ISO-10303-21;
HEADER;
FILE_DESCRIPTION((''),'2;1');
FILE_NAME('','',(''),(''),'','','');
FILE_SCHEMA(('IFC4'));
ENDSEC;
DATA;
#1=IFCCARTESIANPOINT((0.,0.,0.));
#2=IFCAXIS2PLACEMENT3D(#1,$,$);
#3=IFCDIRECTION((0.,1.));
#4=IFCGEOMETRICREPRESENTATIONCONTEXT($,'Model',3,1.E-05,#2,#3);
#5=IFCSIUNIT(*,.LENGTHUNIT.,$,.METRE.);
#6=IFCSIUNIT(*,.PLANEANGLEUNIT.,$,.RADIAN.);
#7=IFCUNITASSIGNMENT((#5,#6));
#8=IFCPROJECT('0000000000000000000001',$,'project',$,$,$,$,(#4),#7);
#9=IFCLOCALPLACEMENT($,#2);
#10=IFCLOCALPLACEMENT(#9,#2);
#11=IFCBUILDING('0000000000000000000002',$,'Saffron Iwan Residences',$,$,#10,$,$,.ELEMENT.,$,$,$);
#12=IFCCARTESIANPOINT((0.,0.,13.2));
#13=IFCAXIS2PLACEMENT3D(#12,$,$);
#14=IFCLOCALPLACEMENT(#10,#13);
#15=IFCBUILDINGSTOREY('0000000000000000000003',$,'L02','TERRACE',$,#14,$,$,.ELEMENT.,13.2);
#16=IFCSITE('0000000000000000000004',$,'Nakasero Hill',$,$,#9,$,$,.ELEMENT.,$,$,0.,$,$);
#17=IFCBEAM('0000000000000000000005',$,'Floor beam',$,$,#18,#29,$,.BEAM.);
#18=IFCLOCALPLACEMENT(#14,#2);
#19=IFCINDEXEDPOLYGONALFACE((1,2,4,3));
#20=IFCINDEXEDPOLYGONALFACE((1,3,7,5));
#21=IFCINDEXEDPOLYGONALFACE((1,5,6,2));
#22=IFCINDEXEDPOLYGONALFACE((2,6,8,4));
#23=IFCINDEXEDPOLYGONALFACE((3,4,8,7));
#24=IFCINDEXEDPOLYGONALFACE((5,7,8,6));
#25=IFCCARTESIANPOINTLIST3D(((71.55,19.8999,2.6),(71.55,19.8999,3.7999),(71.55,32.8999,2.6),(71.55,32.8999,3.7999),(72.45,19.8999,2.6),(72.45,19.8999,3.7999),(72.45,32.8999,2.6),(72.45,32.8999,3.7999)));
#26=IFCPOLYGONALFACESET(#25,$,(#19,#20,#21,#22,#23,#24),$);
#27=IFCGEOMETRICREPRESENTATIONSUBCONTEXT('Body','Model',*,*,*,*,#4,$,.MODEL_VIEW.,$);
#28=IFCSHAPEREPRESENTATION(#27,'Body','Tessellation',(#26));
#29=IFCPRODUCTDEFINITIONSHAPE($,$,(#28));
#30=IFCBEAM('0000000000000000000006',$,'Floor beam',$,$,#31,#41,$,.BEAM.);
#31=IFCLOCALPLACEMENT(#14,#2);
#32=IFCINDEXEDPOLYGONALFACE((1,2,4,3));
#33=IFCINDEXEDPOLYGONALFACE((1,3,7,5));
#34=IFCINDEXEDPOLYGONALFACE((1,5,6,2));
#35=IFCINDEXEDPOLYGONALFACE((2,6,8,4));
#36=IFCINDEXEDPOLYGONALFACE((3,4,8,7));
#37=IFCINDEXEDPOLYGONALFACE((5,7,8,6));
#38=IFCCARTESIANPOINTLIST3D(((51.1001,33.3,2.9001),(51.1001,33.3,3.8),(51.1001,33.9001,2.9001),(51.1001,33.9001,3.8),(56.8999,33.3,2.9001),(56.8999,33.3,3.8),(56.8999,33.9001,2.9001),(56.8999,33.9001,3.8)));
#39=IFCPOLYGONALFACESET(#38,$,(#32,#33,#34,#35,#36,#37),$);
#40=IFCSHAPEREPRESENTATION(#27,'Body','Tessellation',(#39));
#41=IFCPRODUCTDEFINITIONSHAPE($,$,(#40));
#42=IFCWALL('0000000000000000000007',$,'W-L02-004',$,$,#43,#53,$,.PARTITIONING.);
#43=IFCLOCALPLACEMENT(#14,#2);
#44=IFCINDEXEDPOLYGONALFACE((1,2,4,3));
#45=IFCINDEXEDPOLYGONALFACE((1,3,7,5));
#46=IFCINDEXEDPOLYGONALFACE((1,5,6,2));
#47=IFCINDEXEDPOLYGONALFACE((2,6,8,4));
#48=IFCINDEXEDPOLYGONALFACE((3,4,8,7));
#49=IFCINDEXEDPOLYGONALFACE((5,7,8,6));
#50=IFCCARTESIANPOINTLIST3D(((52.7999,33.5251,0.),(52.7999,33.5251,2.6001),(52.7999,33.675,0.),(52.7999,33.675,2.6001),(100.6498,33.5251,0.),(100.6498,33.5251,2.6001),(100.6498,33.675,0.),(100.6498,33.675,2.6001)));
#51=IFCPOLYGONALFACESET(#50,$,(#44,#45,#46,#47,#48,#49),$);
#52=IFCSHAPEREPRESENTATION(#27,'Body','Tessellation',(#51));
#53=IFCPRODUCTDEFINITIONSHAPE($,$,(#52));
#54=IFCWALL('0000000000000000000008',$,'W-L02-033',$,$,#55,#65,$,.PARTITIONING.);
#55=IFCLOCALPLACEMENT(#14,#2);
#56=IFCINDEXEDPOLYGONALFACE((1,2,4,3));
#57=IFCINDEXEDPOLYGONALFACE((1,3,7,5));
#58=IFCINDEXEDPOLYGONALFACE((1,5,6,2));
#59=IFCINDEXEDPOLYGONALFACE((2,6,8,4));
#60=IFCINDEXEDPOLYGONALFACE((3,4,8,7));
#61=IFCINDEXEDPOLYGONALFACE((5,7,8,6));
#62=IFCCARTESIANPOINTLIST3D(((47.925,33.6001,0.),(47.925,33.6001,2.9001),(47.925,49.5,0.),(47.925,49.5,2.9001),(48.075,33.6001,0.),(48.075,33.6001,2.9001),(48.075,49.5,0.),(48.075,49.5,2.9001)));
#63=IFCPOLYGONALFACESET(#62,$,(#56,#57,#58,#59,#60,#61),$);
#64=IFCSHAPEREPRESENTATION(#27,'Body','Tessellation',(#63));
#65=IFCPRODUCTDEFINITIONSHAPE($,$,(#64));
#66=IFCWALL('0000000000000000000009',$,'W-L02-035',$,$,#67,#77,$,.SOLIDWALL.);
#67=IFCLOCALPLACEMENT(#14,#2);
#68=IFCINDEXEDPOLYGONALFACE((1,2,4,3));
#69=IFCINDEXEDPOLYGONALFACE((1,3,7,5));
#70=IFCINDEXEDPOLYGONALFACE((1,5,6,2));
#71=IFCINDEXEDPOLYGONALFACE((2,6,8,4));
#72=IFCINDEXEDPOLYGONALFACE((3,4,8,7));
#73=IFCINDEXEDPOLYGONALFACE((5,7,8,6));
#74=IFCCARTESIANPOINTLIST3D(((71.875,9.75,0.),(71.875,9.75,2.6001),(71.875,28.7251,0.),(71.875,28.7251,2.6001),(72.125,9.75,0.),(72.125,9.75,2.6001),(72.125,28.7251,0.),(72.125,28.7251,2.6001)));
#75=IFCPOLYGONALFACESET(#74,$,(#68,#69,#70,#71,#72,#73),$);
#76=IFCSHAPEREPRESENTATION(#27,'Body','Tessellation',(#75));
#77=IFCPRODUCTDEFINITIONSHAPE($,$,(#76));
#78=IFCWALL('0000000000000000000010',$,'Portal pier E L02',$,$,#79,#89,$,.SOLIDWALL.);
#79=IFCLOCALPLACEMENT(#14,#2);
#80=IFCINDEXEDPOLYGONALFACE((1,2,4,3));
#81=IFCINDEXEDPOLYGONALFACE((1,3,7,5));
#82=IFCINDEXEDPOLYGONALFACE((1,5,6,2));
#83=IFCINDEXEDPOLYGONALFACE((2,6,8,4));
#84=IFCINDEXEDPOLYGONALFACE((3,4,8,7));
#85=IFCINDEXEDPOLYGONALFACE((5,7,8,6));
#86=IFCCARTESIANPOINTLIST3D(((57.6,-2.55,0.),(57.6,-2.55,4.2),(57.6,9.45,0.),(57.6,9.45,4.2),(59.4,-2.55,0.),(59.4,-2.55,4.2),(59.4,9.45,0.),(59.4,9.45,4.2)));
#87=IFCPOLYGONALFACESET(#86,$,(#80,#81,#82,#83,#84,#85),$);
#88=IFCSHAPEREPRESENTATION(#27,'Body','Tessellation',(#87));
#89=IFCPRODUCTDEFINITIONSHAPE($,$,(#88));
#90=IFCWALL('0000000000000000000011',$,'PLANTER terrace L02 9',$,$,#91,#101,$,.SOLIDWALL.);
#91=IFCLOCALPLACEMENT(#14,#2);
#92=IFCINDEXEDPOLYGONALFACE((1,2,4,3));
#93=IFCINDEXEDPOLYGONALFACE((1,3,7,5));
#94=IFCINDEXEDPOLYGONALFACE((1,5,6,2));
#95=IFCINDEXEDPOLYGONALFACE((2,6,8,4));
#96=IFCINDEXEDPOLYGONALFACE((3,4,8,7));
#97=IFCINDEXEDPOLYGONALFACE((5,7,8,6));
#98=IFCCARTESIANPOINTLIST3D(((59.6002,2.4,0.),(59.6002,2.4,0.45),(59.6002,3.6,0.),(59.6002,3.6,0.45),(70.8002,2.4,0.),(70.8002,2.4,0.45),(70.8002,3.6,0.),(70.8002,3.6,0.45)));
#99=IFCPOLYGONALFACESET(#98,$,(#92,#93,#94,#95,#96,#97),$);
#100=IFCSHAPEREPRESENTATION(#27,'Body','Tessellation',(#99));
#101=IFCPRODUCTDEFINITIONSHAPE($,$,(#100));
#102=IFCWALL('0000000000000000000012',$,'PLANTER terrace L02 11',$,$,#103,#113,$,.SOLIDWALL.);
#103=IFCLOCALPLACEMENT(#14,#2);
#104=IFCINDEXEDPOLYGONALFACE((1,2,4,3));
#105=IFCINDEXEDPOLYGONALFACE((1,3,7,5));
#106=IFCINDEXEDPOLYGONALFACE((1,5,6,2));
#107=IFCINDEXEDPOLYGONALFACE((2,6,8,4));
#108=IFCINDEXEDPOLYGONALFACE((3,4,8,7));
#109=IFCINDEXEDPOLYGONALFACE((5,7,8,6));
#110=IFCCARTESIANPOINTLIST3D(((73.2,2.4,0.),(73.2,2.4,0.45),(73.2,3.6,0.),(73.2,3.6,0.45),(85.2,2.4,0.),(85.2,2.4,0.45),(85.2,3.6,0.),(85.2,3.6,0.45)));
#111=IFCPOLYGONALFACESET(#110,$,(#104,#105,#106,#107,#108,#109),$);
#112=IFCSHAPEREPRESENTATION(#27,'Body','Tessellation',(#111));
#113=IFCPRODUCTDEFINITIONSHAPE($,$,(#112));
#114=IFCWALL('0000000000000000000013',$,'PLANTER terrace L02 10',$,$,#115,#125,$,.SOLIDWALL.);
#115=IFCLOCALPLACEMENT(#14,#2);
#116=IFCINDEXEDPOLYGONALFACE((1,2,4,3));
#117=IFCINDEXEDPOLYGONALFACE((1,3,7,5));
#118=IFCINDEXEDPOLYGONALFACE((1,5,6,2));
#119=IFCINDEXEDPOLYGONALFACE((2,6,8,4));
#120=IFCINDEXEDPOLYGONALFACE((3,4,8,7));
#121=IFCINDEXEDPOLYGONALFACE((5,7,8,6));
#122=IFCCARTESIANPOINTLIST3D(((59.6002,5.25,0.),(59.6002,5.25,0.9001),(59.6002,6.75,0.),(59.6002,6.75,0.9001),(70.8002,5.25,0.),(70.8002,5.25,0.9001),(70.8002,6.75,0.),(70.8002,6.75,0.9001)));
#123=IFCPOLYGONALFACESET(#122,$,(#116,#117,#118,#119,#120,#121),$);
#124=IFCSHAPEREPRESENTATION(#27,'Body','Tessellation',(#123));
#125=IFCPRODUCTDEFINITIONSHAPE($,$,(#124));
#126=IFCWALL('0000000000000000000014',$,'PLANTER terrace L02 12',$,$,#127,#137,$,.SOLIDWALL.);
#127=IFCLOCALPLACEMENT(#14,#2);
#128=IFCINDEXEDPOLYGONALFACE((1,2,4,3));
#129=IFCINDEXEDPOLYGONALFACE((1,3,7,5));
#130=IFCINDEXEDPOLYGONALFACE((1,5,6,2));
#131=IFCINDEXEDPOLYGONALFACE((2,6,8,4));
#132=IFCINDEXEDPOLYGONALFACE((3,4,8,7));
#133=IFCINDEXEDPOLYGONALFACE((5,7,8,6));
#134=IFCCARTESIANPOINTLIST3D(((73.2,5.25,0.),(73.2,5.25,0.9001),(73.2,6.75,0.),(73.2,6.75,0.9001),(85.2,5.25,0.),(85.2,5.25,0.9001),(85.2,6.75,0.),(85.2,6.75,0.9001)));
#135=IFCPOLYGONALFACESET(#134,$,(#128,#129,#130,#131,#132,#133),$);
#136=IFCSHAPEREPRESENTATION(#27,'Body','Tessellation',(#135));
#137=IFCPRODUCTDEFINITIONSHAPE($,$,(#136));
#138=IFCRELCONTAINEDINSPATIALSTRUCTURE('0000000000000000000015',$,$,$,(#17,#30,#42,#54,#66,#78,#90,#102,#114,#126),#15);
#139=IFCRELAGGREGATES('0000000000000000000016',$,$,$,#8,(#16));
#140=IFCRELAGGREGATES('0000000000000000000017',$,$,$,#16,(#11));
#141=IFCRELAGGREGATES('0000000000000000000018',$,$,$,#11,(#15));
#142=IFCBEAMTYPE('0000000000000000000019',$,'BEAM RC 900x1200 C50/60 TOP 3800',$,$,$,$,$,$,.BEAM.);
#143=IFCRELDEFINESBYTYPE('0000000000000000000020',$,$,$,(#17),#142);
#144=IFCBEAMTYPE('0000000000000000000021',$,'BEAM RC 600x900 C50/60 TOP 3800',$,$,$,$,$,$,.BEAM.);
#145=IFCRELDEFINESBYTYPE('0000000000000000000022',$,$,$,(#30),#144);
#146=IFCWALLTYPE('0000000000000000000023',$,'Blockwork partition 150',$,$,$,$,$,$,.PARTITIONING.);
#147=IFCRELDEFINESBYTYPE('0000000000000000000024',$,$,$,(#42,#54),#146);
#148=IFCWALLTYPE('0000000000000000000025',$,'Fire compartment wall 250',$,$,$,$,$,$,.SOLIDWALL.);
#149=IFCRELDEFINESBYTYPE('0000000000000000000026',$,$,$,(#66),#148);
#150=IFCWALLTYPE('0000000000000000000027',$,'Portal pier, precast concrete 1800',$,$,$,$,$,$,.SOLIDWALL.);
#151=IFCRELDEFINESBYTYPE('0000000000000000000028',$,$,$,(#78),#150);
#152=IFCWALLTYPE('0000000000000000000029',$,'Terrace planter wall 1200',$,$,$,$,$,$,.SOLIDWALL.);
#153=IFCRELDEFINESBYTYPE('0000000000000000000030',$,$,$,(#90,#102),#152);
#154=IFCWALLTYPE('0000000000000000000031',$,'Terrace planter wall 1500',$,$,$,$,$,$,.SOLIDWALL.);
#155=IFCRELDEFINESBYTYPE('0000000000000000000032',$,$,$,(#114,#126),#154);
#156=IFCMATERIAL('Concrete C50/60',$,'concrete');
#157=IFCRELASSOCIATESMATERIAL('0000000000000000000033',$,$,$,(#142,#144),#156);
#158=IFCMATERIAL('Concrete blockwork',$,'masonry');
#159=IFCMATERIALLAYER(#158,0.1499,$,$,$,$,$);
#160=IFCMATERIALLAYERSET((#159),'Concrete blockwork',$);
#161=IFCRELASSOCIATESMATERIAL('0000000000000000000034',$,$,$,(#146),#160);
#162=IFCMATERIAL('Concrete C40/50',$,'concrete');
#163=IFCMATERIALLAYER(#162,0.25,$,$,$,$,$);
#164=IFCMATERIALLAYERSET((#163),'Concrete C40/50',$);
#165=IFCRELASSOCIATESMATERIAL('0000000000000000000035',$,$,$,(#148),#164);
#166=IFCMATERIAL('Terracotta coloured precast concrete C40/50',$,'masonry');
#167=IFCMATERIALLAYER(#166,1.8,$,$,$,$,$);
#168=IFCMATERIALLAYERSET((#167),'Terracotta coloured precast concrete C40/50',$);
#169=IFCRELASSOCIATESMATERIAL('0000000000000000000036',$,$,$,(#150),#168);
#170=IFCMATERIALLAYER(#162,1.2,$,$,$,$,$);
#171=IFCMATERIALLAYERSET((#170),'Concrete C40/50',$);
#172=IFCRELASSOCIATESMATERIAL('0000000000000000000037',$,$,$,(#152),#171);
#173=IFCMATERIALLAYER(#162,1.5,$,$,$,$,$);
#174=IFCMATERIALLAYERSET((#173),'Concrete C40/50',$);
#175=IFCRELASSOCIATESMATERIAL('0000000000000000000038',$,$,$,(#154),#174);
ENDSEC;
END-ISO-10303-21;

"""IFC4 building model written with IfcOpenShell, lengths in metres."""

from ifc_helpers import new_model, si_unit, direction, frame, frame_2d, origin, origin_2d, place, context, subcontext, project, spatial, rectangle, extrude, source, transform, mapped, material, layer, layer_set, material_profile, profile_set, type_object, element, save


model = new_model("IFC4")

# Units and contexts
model_context = context("Model", 3, precision=1e-05, world=origin(), true_north=direction((0.0, 1.0)))
body_context = subcontext(model_context, "Body", "Model", "MODEL_VIEW")
ifc_project = project(units=[si_unit("LENGTHUNIT", "METRE"), si_unit("PLANEANGLEUNIT", "RADIAN")], contexts=[model_context])

# Site, building, storey
site_placement = place(None, origin())
site = spatial("IfcSite", under=ifc_project, at=site_placement, Name="Nakasero Hill", CompositionType="ELEMENT", RefElevation=0.0)
building_placement = place(site_placement, origin())
building = spatial("IfcBuilding", under=site, at=building_placement, Name="Saffron Iwan Residences", CompositionType="ELEMENT")
storey_placement = place(building_placement, frame((0.0, 0.0, 13.2)))
storey = spatial("IfcBuildingStorey", under=building, at=storey_placement, Name="L02", Description="TERRACE", CompositionType="ELEMENT", Elevation=13.2)

# Shared definitions
ifc_material_1 = material(Name="Concrete C50/60", Category="concrete")

# Beams
ifc_material_profile_1 = material_profile(ifc_material_1, rectangle(XDim=0.8999, YDim=1.2, at=origin_2d()), Name="RC 900x1200")
ifc_profile_set_1 = profile_set([ifc_material_profile_1], Name="Concrete C50/60")
beam_type_1 = type_object("IfcBeamType", Name="BEAM RC 900x1200 C50/60 TOP 3800", PredefinedType="BEAM", material=ifc_profile_set_1)
shared_shape_1 = source(origin(), body_context, "Body", "SweptSolid", [
    extrude(rectangle(XDim=0.8999, YDim=1.2, at=origin_2d()), origin(), (0.0, 0.0, 1.0), 13.0),
])
for number, where, z_axis, x_axis, name in (
    (1, (72.0, 19.8999, 3.2), (0.0, 1.0, 0.0), (-1.0, 0.0, 0.0), "Floor beam"),
):
    element("IfcBeam", number, at=place(storey_placement, frame(where, z_axis=z_axis, x_axis=x_axis)), inside=storey, type_object=beam_type_1, Name=name, PredefinedType="BEAM", context=body_context, shape_type="MappedRepresentation", body=[
        mapped(shared_shape_1, transform((0.0, 0.0, 0.0))),
    ])
ifc_material_profile_2 = material_profile(ifc_material_1, rectangle(XDim=0.6001, YDim=0.8999, at=origin_2d()), Name="RC 600x900")
ifc_profile_set_2 = profile_set([ifc_material_profile_2], Name="Concrete C50/60")
beam_type_2 = type_object("IfcBeamType", Name="BEAM RC 600x900 C50/60 TOP 3800", PredefinedType="BEAM", material=ifc_profile_set_2)
shared_shape_2 = source(origin(), body_context, "Body", "SweptSolid", [
    extrude(rectangle(XDim=0.6001, YDim=0.8999, at=origin_2d()), origin(), (0.0, 0.0, 1.0), 5.7998),
])
beam_1_placement = place(storey_placement, frame((51.1001, 33.6001, 3.3501), z_axis=(1.0, 0.0, 0.0), x_axis=(0.0, 1.0, 0.0)))
element("IfcBeam", 2, at=beam_1_placement, inside=storey, type_object=beam_type_2, Name="Floor beam", PredefinedType="BEAM", context=body_context, shape_type="MappedRepresentation", body=[
    mapped(shared_shape_2, transform((0.0, 0.0, 0.0))),
])

# Walls
ifc_material_2 = material(Name="Concrete blockwork", Category="masonry")
ifc_layer_1 = layer(ifc_material_2, 0.1499)
ifc_layer_set_1 = layer_set([ifc_layer_1], Name="Concrete blockwork")
wall_type_1 = type_object("IfcWallType", Name="Blockwork partition 150", PredefinedType="PARTITIONING", material=ifc_layer_set_1)
wall_1_placement = place(storey_placement, frame((52.8, 33.6001, 0.0), z_axis=(0.0, 0.0, 1.0), x_axis=(1.0, 0.0, 0.0)))
element("IfcWall", 3, at=wall_1_placement, inside=storey, type_object=wall_type_1, Name="W-L02-004", PredefinedType="PARTITIONING", context=body_context, shape_type="SweptSolid", body=[
    extrude(rectangle(XDim=47.8499, YDim=0.1499, at=frame_2d((23.9248, 0.0))), origin(), (0.0, 0.0, 1.0), 2.6001),
])
wall_2_placement = place(storey_placement, frame((48.0, 33.6001, 0.0), z_axis=(0.0, 0.0, 1.0), x_axis=(0.0, 1.0, 0.0)))
element("IfcWall", 4, at=wall_2_placement, inside=storey, type_object=wall_type_1, Name="W-L02-033", PredefinedType="PARTITIONING", context=body_context, shape_type="SweptSolid", body=[
    extrude(rectangle(XDim=15.8999, YDim=0.1499, at=frame_2d((7.95, 0.0))), origin(), (0.0, 0.0, 1.0), 2.9001),
])
ifc_material_3 = material(Name="Concrete C40/50", Category="concrete")
ifc_layer_2 = layer(ifc_material_3, 0.25)
ifc_layer_set_2 = layer_set([ifc_layer_2], Name="Concrete C40/50")
wall_type_2 = type_object("IfcWallType", Name="Fire compartment wall 250", PredefinedType="SOLIDWALL", material=ifc_layer_set_2)
wall_3_placement = place(storey_placement, frame((72.0, 9.75, 0.0), z_axis=(0.0, 0.0, 1.0), x_axis=(0.0, 1.0, 0.0)))
element("IfcWall", 5, at=wall_3_placement, inside=storey, type_object=wall_type_2, Name="W-L02-035", PredefinedType="SOLIDWALL", context=body_context, shape_type="SweptSolid", body=[
    extrude(rectangle(XDim=18.9751, YDim=0.25, at=frame_2d((9.4875, 0.0))), origin(), (0.0, 0.0, 1.0), 2.6001),
])
ifc_material_4 = material(Name="Terracotta coloured precast concrete C40/50", Category="masonry")
ifc_layer_3 = layer(ifc_material_4, 1.8)
ifc_layer_set_3 = layer_set([ifc_layer_3], Name="Terracotta coloured precast concrete C40/50")
wall_type_3 = type_object("IfcWallType", Name="Portal pier, precast concrete 1800", PredefinedType="SOLIDWALL", material=ifc_layer_set_3)
wall_4_placement = place(storey_placement, frame((58.5, -2.55, 0.0), z_axis=(0.0, 0.0, 1.0), x_axis=(0.0, 1.0, 0.0)))
element("IfcWall", 6, at=wall_4_placement, inside=storey, type_object=wall_type_3, Name="Portal pier E L02", PredefinedType="SOLIDWALL", context=body_context, shape_type="SweptSolid", body=[
    extrude(rectangle(XDim=12.0, YDim=1.8, at=frame_2d((6.0, 0.0))), origin(), (0.0, 0.0, 1.0), 4.2),
])
ifc_layer_4 = layer(ifc_material_3, 1.2)
ifc_layer_set_4 = layer_set([ifc_layer_4], Name="Concrete C40/50")
wall_type_4 = type_object("IfcWallType", Name="Terrace planter wall 1200", PredefinedType="SOLIDWALL", material=ifc_layer_set_4)
wall_5_placement = place(storey_placement, frame((59.6001, 3.0, 0.0), z_axis=(0.0, 0.0, 1.0), x_axis=(1.0, 0.0, 0.0)))
element("IfcWall", 7, at=wall_5_placement, inside=storey, type_object=wall_type_4, Name="PLANTER terrace L02 9", PredefinedType="SOLIDWALL", context=body_context, shape_type="SweptSolid", body=[
    extrude(rectangle(XDim=11.2, YDim=1.2, at=frame_2d((5.6001, 0.0))), origin(), (0.0, 0.0, 1.0), 0.45),
])
wall_6_placement = place(storey_placement, frame((73.2, 3.0, 0.0), z_axis=(0.0, 0.0, 1.0), x_axis=(1.0, 0.0, 0.0)))
element("IfcWall", 8, at=wall_6_placement, inside=storey, type_object=wall_type_4, Name="PLANTER terrace L02 11", PredefinedType="SOLIDWALL", context=body_context, shape_type="SweptSolid", body=[
    extrude(rectangle(XDim=12.0, YDim=1.2, at=frame_2d((6.0, 0.0))), origin(), (0.0, 0.0, 1.0), 0.45),
])
ifc_layer_5 = layer(ifc_material_3, 1.5)
ifc_layer_set_5 = layer_set([ifc_layer_5], Name="Concrete C40/50")
wall_type_5 = type_object("IfcWallType", Name="Terrace planter wall 1500", PredefinedType="SOLIDWALL", material=ifc_layer_set_5)
wall_7_placement = place(storey_placement, frame((59.6001, 6.0, 0.0), z_axis=(0.0, 0.0, 1.0), x_axis=(1.0, 0.0, 0.0)))
element("IfcWall", 9, at=wall_7_placement, inside=storey, type_object=wall_type_5, Name="PLANTER terrace L02 10", PredefinedType="SOLIDWALL", context=body_context, shape_type="SweptSolid", body=[
    extrude(rectangle(XDim=11.2, YDim=1.5, at=frame_2d((5.6001, 0.0))), origin(), (0.0, 0.0, 1.0), 0.9001),
])
wall_8_placement = place(storey_placement, frame((73.2, 6.0, 0.0), z_axis=(0.0, 0.0, 1.0), x_axis=(1.0, 0.0, 0.0)))
element("IfcWall", 10, at=wall_8_placement, inside=storey, type_object=wall_type_5, Name="PLANTER terrace L02 12", PredefinedType="SOLIDWALL", context=body_context, shape_type="SweptSolid", body=[
    extrude(rectangle(XDim=12.0, YDim=1.5, at=frame_2d((6.0, 0.0))), origin(), (0.0, 0.0, 1.0), 0.9001),
])

save(model, "model.ifc")
